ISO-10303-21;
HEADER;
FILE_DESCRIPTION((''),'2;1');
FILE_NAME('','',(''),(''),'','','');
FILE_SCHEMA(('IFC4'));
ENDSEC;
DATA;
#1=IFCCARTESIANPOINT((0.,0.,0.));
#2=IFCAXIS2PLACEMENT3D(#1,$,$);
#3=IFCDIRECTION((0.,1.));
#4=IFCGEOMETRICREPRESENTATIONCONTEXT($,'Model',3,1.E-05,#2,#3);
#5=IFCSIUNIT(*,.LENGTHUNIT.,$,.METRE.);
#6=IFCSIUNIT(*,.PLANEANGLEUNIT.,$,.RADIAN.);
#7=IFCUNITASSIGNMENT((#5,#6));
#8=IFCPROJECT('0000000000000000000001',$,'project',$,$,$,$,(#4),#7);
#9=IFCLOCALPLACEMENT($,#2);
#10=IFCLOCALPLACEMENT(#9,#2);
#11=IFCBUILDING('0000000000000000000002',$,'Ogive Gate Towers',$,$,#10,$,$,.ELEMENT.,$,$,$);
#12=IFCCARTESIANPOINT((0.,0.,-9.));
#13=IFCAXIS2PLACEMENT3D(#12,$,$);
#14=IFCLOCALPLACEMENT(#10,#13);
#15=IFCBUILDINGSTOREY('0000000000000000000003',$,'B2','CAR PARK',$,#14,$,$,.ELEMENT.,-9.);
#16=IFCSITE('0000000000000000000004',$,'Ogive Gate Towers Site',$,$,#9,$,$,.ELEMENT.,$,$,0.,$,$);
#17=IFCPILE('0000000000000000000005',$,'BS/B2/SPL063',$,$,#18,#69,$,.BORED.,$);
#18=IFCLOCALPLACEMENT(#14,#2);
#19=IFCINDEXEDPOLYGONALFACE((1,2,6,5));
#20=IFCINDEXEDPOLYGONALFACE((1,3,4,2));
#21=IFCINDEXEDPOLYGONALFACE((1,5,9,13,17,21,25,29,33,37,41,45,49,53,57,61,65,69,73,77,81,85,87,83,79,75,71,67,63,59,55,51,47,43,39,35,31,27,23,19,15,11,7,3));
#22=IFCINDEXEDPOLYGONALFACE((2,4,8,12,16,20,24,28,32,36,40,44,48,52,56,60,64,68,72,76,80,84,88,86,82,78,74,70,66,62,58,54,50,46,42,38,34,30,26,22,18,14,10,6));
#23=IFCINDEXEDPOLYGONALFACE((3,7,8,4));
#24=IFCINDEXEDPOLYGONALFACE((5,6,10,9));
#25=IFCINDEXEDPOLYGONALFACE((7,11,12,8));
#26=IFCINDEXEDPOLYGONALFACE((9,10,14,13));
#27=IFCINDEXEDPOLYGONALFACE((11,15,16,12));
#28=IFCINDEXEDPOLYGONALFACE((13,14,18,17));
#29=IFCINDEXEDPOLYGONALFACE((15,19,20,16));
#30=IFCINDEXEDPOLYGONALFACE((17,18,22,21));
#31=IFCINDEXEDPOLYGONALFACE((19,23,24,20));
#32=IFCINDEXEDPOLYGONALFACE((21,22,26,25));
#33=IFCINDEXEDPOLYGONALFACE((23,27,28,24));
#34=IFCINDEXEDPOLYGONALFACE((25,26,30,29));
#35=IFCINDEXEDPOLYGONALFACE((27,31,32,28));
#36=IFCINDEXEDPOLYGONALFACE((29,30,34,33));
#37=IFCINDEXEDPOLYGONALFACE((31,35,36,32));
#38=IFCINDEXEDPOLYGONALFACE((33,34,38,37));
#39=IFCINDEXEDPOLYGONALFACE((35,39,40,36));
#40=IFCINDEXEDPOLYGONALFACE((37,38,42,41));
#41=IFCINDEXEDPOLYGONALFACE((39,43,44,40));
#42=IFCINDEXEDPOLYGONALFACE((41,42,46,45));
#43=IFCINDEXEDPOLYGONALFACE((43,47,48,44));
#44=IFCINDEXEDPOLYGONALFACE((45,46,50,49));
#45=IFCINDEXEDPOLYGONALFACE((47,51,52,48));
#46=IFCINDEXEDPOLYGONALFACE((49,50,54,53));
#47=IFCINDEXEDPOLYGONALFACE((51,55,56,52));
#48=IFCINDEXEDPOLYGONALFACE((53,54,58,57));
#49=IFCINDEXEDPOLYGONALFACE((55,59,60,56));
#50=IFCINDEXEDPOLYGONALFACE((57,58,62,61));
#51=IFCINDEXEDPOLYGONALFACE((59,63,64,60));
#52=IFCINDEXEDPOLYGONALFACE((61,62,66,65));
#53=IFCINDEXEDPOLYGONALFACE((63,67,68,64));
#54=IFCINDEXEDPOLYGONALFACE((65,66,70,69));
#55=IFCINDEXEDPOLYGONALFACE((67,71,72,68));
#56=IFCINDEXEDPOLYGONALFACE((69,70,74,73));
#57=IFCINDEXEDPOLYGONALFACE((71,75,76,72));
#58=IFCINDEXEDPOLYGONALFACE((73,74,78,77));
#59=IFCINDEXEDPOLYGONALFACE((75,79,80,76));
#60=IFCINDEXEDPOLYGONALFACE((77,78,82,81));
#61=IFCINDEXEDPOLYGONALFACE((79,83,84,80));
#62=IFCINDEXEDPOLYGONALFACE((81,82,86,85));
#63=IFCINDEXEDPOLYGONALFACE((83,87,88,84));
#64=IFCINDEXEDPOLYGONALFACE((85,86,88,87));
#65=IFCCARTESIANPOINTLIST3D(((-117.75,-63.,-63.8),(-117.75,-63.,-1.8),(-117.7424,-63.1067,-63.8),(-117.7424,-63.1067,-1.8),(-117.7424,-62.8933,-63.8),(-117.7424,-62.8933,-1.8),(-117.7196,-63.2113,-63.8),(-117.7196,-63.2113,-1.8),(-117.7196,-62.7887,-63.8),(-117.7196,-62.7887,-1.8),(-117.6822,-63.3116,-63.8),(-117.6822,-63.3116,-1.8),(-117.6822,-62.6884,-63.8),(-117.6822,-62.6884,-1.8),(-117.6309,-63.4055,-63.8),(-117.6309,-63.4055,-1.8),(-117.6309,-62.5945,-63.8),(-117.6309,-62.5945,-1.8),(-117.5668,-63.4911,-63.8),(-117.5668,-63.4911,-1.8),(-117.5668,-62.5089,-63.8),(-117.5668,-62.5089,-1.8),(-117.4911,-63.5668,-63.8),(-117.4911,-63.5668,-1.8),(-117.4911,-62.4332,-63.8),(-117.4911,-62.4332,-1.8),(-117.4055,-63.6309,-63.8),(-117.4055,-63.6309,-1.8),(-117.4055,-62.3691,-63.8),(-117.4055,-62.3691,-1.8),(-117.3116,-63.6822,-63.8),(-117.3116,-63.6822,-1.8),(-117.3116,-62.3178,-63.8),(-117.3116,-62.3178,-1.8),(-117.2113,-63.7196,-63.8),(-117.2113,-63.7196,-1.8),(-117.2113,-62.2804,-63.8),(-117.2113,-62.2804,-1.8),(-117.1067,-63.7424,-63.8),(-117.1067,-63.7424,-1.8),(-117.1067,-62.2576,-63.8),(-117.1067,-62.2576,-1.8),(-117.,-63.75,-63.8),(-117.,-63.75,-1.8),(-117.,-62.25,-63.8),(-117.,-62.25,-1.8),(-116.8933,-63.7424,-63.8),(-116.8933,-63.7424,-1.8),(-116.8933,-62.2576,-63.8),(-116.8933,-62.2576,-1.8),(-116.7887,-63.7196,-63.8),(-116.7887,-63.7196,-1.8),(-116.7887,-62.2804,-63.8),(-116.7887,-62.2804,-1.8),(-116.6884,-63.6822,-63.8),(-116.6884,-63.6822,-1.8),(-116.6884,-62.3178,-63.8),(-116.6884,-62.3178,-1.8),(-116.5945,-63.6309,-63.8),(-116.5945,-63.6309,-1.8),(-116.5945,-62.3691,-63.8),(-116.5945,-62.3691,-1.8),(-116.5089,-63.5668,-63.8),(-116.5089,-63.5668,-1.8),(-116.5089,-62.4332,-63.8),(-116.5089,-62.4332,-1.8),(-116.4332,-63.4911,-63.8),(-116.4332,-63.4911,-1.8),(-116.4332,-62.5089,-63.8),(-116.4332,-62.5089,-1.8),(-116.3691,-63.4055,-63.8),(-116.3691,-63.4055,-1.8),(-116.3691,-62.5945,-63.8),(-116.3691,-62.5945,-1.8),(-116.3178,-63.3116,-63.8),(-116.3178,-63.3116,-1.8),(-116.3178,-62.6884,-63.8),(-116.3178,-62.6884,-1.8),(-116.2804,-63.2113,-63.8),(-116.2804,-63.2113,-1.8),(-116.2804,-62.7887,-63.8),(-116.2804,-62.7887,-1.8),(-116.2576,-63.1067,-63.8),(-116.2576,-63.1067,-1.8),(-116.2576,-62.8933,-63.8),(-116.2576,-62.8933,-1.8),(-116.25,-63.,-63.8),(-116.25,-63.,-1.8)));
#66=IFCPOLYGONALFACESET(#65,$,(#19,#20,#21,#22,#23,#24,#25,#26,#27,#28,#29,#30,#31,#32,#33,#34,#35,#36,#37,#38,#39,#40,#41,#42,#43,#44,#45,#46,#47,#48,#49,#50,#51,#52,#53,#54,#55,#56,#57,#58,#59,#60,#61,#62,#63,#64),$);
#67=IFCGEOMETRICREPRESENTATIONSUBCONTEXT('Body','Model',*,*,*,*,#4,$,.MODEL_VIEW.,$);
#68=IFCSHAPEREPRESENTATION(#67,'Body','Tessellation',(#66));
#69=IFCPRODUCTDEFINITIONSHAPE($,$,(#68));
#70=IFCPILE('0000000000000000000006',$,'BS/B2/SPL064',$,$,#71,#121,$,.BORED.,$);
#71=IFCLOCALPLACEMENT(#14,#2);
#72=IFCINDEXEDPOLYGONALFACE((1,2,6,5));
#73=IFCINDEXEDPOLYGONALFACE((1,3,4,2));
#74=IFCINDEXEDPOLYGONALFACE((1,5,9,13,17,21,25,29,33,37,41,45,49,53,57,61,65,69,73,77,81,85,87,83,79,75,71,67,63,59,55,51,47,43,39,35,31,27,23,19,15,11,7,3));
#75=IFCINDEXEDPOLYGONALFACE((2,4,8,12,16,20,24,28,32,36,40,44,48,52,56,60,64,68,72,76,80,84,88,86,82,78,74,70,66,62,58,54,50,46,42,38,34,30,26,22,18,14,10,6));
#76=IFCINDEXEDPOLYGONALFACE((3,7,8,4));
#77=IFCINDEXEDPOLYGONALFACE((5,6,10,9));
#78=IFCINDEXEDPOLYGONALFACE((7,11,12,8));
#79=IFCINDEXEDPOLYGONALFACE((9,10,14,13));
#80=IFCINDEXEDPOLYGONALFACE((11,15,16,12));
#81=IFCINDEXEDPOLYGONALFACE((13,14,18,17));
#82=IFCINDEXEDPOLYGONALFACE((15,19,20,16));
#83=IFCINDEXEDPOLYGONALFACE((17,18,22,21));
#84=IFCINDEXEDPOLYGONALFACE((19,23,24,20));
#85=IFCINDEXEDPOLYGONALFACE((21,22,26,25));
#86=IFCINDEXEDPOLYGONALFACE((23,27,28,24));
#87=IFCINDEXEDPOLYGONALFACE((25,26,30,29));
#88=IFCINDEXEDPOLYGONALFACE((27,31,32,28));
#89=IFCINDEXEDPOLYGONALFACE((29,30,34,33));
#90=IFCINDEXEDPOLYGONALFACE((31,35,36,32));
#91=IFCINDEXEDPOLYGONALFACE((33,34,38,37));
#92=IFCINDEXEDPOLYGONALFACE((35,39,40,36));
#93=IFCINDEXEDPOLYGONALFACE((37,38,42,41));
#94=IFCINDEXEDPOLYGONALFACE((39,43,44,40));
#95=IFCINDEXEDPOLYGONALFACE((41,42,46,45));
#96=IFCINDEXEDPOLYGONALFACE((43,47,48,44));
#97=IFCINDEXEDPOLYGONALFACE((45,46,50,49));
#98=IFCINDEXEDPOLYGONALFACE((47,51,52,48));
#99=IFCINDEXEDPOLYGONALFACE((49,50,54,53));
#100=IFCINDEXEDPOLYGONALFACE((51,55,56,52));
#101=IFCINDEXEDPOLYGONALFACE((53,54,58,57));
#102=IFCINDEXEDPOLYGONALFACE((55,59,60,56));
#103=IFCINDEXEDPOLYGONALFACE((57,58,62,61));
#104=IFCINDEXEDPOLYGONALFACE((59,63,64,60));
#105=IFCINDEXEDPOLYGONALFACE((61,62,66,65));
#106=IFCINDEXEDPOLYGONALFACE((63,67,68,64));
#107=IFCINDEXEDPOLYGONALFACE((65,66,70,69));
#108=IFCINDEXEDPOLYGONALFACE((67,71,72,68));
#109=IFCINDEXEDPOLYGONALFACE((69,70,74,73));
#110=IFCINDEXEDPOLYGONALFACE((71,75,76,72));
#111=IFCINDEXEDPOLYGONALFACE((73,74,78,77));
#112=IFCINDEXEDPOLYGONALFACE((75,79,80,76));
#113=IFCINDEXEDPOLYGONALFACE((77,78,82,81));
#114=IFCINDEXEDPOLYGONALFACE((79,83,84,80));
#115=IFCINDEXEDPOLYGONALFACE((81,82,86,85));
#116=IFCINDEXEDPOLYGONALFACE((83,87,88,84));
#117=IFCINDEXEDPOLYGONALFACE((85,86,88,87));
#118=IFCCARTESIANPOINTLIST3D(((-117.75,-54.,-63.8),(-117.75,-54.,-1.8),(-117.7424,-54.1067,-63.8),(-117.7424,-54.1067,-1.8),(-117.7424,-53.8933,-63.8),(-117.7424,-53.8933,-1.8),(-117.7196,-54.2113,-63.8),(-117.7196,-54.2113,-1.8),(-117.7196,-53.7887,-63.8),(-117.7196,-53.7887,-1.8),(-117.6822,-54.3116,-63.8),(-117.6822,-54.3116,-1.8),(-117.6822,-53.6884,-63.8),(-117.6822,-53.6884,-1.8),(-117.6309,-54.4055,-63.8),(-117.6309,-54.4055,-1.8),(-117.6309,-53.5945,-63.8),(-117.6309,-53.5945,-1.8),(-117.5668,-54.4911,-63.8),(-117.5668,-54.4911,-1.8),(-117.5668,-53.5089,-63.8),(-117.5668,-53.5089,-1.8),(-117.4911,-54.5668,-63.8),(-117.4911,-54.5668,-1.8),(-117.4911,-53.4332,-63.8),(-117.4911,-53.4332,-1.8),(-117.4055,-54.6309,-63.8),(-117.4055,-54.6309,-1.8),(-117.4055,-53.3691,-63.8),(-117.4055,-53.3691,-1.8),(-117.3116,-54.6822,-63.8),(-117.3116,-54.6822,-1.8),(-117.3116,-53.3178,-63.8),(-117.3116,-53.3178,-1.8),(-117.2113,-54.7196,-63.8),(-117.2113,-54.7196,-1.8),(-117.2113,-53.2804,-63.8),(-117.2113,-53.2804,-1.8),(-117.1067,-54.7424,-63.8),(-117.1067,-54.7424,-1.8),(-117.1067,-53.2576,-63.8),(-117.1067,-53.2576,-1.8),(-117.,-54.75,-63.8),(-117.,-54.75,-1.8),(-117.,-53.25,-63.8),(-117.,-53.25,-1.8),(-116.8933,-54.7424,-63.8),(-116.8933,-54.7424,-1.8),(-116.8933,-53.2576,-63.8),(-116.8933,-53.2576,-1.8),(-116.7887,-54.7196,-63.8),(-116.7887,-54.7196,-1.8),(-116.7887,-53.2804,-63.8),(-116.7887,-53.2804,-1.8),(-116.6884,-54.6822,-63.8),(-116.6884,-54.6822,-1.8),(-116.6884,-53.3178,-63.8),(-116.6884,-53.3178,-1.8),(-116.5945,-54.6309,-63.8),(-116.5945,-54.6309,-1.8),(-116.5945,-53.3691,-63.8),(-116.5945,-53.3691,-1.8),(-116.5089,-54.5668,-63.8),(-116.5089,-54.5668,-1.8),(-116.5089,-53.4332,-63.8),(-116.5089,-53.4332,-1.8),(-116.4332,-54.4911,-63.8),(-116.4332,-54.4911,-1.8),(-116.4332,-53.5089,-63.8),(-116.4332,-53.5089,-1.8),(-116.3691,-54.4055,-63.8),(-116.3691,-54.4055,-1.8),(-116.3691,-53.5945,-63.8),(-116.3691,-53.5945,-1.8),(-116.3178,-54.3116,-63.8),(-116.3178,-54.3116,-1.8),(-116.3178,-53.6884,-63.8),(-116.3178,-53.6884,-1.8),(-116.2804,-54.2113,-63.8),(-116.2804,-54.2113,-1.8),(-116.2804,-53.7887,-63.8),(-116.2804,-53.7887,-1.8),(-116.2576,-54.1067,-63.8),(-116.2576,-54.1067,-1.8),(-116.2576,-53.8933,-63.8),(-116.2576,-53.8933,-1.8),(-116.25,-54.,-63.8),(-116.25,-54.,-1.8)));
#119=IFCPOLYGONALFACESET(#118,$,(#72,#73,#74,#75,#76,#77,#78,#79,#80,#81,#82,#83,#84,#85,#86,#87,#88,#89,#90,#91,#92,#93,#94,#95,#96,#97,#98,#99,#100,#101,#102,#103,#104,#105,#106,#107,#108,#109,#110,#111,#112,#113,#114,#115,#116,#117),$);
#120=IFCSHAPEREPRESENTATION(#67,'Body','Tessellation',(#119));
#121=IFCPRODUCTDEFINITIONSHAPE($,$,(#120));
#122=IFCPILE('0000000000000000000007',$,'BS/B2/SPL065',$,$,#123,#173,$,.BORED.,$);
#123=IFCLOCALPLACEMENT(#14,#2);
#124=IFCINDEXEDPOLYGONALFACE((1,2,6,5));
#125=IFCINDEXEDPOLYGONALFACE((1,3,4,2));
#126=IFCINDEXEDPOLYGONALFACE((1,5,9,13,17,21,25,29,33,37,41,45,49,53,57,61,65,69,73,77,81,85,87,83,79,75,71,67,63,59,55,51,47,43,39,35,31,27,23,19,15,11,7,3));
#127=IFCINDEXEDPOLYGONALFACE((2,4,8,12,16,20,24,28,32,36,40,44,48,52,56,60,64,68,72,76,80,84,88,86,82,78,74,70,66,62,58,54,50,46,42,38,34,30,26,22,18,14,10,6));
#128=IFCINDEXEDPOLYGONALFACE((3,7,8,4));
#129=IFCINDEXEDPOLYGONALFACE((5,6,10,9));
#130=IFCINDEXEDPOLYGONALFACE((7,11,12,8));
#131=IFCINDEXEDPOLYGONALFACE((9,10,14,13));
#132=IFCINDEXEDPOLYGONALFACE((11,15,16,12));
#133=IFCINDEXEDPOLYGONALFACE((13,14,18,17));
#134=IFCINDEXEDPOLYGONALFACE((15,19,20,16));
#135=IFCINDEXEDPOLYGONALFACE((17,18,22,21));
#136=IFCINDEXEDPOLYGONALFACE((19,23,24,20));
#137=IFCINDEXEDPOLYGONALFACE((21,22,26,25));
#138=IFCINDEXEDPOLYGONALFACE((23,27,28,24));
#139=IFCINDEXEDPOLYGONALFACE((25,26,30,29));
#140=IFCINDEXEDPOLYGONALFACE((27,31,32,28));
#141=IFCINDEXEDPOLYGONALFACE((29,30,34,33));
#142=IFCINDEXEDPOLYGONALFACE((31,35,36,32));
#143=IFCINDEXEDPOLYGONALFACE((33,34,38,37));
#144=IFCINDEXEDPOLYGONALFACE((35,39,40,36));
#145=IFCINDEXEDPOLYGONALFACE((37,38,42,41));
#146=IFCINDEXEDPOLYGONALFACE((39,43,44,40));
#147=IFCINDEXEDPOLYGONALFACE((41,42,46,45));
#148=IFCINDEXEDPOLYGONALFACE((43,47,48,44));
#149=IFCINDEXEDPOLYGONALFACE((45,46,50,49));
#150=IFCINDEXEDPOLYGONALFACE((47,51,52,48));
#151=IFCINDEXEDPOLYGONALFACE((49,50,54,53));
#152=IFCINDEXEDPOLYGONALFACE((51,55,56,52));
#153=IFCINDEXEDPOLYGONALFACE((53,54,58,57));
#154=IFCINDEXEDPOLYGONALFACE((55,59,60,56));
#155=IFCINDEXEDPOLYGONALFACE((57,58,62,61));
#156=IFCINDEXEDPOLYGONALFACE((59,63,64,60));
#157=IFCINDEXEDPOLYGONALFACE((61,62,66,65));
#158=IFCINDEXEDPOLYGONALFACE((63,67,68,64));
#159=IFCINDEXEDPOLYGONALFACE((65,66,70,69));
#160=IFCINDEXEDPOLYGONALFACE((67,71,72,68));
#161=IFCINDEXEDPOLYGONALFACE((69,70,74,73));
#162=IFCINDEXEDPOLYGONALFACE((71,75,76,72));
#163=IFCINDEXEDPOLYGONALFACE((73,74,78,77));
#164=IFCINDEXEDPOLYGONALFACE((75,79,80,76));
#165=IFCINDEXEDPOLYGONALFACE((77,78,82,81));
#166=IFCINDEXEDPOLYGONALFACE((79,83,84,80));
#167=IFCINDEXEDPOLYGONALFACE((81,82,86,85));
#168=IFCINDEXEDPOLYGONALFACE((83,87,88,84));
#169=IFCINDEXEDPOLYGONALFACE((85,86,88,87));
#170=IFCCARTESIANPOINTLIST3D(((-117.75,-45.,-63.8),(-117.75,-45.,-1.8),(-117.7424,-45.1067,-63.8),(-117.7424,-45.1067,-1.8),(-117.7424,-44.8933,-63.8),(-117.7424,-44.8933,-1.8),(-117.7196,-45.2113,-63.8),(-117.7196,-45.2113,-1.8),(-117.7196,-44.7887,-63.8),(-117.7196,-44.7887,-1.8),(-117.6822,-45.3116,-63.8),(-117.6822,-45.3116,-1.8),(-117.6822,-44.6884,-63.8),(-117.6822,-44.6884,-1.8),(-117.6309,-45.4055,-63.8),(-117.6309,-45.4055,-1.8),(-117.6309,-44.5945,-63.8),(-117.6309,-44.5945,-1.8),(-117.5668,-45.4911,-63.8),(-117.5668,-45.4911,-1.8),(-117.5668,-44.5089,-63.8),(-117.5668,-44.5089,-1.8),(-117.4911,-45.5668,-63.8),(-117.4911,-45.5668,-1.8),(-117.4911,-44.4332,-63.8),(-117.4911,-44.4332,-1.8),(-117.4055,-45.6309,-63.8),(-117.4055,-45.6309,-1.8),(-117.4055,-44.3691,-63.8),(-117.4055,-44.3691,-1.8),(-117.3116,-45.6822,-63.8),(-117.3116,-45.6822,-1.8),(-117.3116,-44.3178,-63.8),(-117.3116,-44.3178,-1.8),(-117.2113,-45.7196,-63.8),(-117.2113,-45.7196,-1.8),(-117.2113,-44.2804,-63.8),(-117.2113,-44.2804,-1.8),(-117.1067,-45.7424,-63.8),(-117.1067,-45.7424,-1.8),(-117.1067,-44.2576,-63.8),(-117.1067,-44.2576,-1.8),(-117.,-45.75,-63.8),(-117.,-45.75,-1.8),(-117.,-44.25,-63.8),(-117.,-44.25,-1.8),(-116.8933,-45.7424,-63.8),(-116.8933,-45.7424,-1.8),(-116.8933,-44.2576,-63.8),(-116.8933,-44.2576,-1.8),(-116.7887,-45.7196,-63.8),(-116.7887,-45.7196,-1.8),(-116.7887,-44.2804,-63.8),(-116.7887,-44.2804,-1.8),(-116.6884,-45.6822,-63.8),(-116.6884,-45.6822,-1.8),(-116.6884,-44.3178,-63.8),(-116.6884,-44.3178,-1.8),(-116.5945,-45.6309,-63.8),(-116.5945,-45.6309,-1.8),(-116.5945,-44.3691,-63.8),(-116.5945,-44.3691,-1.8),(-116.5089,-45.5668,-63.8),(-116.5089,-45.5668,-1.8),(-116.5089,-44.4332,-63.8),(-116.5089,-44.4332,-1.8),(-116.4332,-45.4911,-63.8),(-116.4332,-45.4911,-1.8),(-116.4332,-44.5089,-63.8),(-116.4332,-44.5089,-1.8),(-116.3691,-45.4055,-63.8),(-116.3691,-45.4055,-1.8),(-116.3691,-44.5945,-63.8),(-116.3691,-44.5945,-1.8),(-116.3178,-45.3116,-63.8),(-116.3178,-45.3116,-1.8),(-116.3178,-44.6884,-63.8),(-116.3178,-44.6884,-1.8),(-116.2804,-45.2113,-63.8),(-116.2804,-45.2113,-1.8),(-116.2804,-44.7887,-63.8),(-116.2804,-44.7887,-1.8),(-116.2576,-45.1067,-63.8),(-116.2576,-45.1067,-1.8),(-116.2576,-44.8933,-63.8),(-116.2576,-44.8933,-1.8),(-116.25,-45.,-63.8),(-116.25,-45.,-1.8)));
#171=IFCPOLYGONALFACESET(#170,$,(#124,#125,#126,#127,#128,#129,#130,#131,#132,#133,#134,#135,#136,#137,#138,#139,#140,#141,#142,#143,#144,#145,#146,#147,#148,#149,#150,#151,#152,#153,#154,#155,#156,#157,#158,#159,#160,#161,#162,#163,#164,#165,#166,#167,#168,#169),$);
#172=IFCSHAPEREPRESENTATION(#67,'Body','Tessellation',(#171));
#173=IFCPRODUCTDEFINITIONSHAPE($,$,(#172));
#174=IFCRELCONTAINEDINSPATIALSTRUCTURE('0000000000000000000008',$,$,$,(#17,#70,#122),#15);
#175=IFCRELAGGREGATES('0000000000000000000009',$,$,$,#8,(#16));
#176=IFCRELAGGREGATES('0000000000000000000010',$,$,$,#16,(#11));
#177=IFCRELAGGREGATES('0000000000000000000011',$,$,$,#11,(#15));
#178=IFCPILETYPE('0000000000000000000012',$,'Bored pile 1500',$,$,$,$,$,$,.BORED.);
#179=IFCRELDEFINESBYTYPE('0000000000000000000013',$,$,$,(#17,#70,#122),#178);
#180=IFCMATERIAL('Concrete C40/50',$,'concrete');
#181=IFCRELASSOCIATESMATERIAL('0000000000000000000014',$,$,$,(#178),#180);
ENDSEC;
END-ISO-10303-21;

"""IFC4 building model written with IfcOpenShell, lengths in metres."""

from ifc_helpers import new_model, si_unit, direction, frame, origin, origin_2d, place, context, subcontext, project, spatial, circle, extrude, material, material_profile, profile_set, type_object, element, save


model = new_model("IFC4")

# Units and contexts
model_context = context("Model", 3, precision=1e-05, world=origin(), true_north=direction((0.0, 1.0)))
body_context = subcontext(model_context, "Body", "Model", "MODEL_VIEW")
ifc_project = project(units=[si_unit("LENGTHUNIT", "METRE"), si_unit("PLANEANGLEUNIT", "RADIAN")], contexts=[model_context])

# Site, building, storey
site_placement = place(None, origin())
site = spatial("IfcSite", under=ifc_project, at=site_placement, Name="Ogive Gate Towers Site", CompositionType="ELEMENT", RefElevation=0.0)
building_placement = place(site_placement, origin())
building = spatial("IfcBuilding", under=site, at=building_placement, Name="Ogive Gate Towers", CompositionType="ELEMENT")
storey_placement = place(building_placement, frame((0.0, 0.0, -9.0)))
storey = spatial("IfcBuildingStorey", under=building, at=storey_placement, Name="B2", Description="CAR PARK", CompositionType="ELEMENT", Elevation=-9.0)

# Piles
ifc_material_1 = material(Name="Concrete C40/50", Category="concrete")
ifc_material_profile_1 = material_profile(ifc_material_1, circle(Radius=0.75, at=origin_2d()), Name="BP 1500")
ifc_profile_set_1 = profile_set([ifc_material_profile_1], Name="Concrete C40/50")
pile_type = type_object("IfcPileType", Name="Bored pile 1500", PredefinedType="BORED", material=ifc_profile_set_1)
for number, where, z_axis, x_axis, name in (
    (1, (-117.0, -63.0, -1.8), (0.0, 0.0, -1.0), (1.0, 0.0, 0.0), "BS/B2/SPL063"),
    (2, (-117.0, -54.0, -1.8), (0.0, 0.0, -1.0), (1.0, 0.0, 0.0), "BS/B2/SPL064"),
    (3, (-117.0, -45.0, -1.8), (0.0, 0.0, -1.0), (1.0, 0.0, 0.0), "BS/B2/SPL065"),
):
    element("IfcPile", number, at=place(storey_placement, frame(where, z_axis=z_axis, x_axis=x_axis)), inside=storey, type_object=pile_type, Name=name, PredefinedType="BORED", context=body_context, shape_type="SweptSolid", body=[
        extrude(circle(Radius=0.75, at=origin_2d()), origin(), (0.0, 0.0, 1.0), 62.0),
    ])

save(model, "model.ifc")
